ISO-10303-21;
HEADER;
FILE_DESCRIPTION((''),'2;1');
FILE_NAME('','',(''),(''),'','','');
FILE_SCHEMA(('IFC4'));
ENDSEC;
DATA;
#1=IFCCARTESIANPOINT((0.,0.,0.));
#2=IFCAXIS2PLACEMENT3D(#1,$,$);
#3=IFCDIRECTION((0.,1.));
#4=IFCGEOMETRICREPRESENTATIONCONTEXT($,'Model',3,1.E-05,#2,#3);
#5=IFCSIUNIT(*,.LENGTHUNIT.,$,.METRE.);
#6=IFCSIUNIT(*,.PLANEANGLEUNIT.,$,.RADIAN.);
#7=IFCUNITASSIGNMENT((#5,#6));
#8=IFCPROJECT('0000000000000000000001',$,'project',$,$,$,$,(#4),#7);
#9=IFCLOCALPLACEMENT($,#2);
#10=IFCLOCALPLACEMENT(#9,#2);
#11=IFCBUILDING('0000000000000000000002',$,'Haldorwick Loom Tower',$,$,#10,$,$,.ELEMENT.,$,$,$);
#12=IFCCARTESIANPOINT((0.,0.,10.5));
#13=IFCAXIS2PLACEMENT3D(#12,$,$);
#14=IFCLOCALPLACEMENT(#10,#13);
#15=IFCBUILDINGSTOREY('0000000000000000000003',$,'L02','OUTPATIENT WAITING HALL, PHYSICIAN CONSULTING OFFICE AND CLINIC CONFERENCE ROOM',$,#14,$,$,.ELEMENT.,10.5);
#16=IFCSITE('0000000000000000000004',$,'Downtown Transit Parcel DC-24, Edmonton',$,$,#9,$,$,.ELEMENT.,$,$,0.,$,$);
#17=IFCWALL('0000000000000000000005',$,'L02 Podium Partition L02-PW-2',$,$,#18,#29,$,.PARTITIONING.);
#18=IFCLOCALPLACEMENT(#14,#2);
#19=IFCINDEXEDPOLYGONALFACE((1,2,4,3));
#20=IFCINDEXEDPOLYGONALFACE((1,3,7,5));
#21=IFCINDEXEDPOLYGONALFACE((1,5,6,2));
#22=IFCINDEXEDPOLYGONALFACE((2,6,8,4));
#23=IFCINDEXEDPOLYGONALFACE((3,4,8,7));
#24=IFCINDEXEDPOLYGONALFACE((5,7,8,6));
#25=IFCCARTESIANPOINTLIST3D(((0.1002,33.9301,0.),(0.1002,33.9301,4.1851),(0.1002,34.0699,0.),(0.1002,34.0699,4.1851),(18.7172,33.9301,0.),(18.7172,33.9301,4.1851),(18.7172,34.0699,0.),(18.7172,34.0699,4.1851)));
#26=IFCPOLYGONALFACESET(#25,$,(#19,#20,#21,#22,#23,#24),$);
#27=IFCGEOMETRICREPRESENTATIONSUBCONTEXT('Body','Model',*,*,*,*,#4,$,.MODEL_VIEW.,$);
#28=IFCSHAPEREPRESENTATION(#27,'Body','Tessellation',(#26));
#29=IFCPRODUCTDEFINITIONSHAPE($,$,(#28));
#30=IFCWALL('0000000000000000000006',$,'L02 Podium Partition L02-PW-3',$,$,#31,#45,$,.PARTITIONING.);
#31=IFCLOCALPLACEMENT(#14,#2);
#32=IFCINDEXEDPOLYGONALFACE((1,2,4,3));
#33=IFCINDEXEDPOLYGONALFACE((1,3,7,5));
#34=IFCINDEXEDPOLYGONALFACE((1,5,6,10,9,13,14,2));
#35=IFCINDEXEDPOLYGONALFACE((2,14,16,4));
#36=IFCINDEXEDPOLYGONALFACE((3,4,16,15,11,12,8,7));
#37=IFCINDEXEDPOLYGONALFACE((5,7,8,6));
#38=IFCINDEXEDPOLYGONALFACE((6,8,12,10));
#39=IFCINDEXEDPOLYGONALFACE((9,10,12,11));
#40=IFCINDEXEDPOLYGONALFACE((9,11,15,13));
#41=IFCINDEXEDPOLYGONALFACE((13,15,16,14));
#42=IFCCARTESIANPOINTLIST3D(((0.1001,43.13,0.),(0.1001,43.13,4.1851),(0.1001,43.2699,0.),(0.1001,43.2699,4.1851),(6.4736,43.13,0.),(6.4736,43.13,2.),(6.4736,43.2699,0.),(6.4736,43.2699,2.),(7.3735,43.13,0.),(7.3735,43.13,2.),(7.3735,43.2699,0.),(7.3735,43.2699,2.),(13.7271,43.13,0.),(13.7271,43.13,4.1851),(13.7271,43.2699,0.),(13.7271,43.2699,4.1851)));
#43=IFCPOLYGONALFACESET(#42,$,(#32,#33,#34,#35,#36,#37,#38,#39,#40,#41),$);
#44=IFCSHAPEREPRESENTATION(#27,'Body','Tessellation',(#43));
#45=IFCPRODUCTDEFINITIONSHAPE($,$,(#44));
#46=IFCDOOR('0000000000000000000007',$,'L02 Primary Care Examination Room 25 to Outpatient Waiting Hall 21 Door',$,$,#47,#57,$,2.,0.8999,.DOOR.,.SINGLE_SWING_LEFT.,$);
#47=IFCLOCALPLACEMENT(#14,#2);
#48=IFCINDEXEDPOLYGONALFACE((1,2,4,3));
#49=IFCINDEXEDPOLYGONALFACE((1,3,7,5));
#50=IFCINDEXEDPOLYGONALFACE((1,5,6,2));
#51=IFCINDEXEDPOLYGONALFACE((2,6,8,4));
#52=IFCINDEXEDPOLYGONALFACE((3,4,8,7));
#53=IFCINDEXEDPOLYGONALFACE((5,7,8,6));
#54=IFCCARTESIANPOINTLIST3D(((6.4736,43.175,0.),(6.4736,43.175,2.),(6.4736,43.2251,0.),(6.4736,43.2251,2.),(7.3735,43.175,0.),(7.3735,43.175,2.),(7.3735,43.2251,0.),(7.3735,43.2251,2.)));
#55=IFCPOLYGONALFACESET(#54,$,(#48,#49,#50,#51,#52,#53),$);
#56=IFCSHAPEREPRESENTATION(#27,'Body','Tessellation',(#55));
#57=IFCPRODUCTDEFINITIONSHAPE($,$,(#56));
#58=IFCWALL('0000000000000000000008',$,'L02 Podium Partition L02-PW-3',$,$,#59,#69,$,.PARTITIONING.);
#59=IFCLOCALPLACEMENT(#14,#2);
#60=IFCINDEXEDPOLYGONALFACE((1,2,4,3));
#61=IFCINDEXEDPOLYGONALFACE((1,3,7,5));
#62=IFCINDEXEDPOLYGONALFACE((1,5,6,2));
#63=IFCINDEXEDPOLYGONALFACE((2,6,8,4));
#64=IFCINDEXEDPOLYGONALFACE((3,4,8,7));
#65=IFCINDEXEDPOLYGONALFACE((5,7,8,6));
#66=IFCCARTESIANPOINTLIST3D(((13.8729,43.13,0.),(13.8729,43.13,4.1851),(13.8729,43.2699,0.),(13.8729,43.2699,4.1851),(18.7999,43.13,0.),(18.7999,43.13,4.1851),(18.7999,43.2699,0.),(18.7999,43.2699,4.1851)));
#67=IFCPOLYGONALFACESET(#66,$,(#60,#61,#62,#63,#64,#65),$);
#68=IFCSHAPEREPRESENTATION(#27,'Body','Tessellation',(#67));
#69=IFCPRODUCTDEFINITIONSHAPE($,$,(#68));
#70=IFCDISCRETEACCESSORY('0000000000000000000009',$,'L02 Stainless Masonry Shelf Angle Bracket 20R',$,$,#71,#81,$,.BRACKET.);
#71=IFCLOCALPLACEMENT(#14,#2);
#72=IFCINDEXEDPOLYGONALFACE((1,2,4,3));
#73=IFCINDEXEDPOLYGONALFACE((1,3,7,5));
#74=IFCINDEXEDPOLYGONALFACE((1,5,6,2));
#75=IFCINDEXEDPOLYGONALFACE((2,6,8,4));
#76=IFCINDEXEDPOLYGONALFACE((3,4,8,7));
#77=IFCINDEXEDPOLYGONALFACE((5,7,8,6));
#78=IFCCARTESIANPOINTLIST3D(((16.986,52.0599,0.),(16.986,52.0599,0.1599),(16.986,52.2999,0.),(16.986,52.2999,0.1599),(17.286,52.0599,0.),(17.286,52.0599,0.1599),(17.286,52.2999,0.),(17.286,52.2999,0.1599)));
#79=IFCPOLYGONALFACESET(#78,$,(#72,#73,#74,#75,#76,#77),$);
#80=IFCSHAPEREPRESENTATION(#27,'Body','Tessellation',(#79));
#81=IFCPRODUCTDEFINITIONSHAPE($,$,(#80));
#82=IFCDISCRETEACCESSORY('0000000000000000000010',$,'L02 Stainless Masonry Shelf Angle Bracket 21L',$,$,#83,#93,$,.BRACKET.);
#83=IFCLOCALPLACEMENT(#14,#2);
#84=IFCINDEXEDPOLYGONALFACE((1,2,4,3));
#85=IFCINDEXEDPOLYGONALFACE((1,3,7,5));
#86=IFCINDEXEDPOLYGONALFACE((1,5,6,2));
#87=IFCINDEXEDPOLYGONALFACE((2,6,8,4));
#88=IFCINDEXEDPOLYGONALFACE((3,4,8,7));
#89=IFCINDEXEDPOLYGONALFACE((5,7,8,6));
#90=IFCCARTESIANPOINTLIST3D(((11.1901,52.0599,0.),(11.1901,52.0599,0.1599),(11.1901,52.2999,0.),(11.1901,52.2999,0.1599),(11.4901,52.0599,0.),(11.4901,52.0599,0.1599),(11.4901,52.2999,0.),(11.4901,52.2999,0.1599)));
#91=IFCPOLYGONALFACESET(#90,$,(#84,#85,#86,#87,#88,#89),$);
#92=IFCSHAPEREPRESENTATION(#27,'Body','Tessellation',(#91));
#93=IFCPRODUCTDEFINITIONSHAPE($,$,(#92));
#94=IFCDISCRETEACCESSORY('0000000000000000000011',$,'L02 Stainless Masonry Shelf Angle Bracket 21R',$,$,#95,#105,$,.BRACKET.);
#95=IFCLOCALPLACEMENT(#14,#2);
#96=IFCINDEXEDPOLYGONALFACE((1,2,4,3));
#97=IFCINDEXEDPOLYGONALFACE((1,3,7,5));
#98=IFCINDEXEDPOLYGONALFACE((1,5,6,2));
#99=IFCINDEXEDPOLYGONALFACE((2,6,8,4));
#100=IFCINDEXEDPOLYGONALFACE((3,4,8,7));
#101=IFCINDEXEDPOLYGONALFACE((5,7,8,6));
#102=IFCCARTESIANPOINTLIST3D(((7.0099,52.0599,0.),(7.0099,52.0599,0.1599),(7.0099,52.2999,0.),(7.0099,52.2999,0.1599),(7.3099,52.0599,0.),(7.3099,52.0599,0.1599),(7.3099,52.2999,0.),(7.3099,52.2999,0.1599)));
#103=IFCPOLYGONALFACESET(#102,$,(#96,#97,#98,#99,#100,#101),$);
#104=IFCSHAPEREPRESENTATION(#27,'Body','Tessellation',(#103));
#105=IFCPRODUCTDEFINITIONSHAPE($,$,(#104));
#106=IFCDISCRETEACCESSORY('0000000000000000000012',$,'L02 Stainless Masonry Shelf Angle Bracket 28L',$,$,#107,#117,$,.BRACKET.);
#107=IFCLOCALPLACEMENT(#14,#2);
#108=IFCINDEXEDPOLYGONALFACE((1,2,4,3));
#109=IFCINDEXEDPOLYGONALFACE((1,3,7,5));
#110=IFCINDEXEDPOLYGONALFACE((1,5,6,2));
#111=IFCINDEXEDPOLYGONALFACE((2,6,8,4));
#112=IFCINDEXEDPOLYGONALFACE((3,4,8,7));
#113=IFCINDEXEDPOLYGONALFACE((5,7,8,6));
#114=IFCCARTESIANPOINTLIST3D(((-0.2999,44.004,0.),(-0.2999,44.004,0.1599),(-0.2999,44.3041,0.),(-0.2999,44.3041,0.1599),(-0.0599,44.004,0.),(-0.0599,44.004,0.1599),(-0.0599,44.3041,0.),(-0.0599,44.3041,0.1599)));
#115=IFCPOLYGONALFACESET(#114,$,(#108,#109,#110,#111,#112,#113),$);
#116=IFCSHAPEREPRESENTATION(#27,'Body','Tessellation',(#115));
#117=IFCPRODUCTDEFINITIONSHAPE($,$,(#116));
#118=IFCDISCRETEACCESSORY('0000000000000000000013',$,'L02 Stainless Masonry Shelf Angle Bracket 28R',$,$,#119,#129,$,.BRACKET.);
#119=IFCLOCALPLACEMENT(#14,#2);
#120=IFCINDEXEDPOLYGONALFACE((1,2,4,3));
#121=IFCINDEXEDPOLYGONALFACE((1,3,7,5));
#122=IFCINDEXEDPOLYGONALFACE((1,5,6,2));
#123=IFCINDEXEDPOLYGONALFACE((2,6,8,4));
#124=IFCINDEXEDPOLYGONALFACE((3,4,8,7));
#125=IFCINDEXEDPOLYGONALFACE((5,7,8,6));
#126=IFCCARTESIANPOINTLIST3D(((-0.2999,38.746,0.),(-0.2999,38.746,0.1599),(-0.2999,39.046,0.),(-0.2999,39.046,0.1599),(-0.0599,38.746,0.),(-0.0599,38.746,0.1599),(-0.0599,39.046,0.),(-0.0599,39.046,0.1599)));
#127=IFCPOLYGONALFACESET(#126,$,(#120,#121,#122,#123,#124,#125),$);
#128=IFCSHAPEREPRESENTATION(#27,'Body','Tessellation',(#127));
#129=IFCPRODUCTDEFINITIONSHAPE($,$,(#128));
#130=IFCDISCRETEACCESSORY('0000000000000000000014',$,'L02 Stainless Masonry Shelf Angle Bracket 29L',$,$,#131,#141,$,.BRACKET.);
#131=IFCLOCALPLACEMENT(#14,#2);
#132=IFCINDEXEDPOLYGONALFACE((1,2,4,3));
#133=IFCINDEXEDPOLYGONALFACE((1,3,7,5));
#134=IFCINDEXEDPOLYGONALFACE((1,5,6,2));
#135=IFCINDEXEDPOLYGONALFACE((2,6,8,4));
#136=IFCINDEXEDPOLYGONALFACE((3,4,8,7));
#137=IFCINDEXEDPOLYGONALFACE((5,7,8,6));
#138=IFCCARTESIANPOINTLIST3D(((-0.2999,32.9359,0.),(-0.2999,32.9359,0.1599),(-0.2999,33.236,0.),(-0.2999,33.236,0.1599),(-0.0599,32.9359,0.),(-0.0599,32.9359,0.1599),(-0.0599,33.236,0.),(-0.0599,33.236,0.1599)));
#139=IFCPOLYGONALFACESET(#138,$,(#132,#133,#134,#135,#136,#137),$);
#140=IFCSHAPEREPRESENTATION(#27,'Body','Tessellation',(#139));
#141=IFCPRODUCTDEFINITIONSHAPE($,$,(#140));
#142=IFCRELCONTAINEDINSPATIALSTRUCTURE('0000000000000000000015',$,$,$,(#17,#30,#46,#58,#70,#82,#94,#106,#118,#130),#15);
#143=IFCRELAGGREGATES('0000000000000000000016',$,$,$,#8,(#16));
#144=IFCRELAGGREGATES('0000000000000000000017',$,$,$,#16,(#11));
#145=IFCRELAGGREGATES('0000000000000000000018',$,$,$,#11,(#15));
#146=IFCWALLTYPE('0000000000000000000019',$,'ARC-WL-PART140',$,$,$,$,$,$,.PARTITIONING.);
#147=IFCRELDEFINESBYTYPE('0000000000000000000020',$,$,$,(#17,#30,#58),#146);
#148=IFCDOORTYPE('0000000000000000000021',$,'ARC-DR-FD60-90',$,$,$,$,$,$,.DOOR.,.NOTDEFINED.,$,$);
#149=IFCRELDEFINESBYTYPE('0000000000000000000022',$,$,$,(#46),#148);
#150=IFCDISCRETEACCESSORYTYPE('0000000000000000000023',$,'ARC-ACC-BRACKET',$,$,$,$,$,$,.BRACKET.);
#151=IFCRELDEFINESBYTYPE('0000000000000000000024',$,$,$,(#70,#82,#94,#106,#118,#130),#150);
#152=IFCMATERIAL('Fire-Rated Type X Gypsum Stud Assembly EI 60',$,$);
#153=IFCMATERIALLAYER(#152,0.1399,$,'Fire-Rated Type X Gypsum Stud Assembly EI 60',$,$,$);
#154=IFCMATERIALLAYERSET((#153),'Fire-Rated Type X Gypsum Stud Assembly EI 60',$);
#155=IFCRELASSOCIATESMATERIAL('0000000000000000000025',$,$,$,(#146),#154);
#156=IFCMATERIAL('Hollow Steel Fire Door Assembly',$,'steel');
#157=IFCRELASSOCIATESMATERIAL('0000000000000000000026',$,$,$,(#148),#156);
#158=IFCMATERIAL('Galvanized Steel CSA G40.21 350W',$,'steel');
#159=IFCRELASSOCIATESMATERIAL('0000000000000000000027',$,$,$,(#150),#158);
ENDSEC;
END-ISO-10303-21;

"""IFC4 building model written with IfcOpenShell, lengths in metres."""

from ifc_helpers import new_model, si_unit, direction, frame, frame_2d, origin, origin_2d, place, context, subcontext, project, spatial, rectangle, extrude, material, layer, layer_set, type_object, element, fill, save


model = new_model("IFC4")

# Units and contexts
model_context = context("Model", 3, precision=1e-05, world=origin(), true_north=direction((0.0, 1.0)))
body_context = subcontext(model_context, "Body", "Model", "MODEL_VIEW")
ifc_project = project(units=[si_unit("LENGTHUNIT", "METRE"), si_unit("PLANEANGLEUNIT", "RADIAN")], contexts=[model_context])

# Site, building, storey
site_placement = place(None, origin())
site = spatial("IfcSite", under=ifc_project, at=site_placement, Name="Downtown Transit Parcel DC-24, Edmonton", CompositionType="ELEMENT", RefElevation=0.0)
building_placement = place(site_placement, origin())
building = spatial("IfcBuilding", under=site, at=building_placement, Name="Haldorwick Loom Tower", CompositionType="ELEMENT")
storey_placement = place(building_placement, frame((0.0, 0.0, 10.5)))
storey = spatial("IfcBuildingStorey", under=building, at=storey_placement, Name="L02", Description="OUTPATIENT WAITING HALL, PHYSICIAN CONSULTING OFFICE AND CLINIC CONFERENCE ROOM", CompositionType="ELEMENT", Elevation=10.5)

# Wall
ifc_material_1 = material(Name="Fire-Rated Type X Gypsum Stud Assembly EI 60")
ifc_layer_1 = layer(ifc_material_1, 0.1399, Name="Fire-Rated Type X Gypsum Stud Assembly EI 60")
ifc_layer_set_1 = layer_set([ifc_layer_1], Name="Fire-Rated Type X Gypsum Stud Assembly EI 60")
wall_type_1 = type_object("IfcWallType", Name="ARC-WL-PART140", PredefinedType="PARTITIONING", material=ifc_layer_set_1)
wall_1_placement = place(storey_placement, frame((0.1001, 34.0, 0.0), z_axis=(0.0, 0.0, 1.0), x_axis=(1.0, 0.0, 0.0)))
element("IfcWall", 1, at=wall_1_placement, inside=storey, type_object=wall_type_1, Name="L02 Podium Partition L02-PW-2", PredefinedType="PARTITIONING", context=body_context, shape_type="SweptSolid", body=[
    extrude(rectangle(XDim=18.6169, YDim=0.1399, at=frame_2d((9.3086, 0.0))), origin(), (0.0, 0.0, 1.0), 4.1851),
])

# Wall, opening, door
wall_2_placement = place(storey_placement, frame((0.1001, 43.2, 0.0), z_axis=(0.0, 0.0, 1.0), x_axis=(1.0, 0.0, 0.0)))
wall_2 = element("IfcWall", 2, at=wall_2_placement, inside=storey, type_object=wall_type_1, Name="L02 Podium Partition L02-PW-3", PredefinedType="PARTITIONING", context=body_context, shape_type="SweptSolid", body=[
    extrude(rectangle(XDim=13.627, YDim=0.1399, at=frame_2d((6.8135, 0.0))), origin(), (0.0, 0.0, 1.0), 4.1851),
])
opening_1_placement = place(wall_2_placement, frame((6.3735, 0.0, 0.0)))
opening_1 = element("IfcOpeningElement", 3, at=opening_1_placement, cuts=wall_2, PredefinedType="OPENING", context=body_context, shape_type="SweptSolid", body=[
    extrude(rectangle(XDim=0.8999, YDim=2.0, at=frame_2d((0.45, 1.0))), frame((0.0, 0.0798, 0.0), z_axis=(0.0, -1.0, 0.0), x_axis=(1.0, 0.0, 0.0)), (0.0, 0.0, 1.0), 0.1599),
])
ifc_material_2 = material(Name="Hollow Steel Fire Door Assembly", Category="steel")
door_type = type_object("IfcDoorType", Name="ARC-DR-FD60-90", OperationType="NOTDEFINED", PredefinedType="DOOR", material=ifc_material_2)
door_placement = place(opening_1_placement, frame((0.8999, 0.0, 0.0), z_axis=(0.0, 0.0, 1.0), x_axis=(-1.0, 0.0, 0.0)))
door = element("IfcDoor", 4, at=door_placement, inside=storey, type_object=door_type, Name="L02 Primary Care Examination Room 25 to Outpatient Waiting Hall 21 Door", OperationType="SINGLE_SWING_LEFT", OverallHeight=2.0, OverallWidth=0.8999, PredefinedType="DOOR", context=body_context, shape_type="SweptSolid", body=[
    extrude(rectangle(XDim=0.8999, YDim=2.0, at=frame_2d((0.45, 1.0))), frame((0.0, 0.0249, 0.0), z_axis=(0.0, -1.0, 0.0), x_axis=(1.0, 0.0, 0.0)), (0.0, 0.0, 1.0), 0.05),
])
fill(opening_1, door)

# Wall
wall_3_placement = place(storey_placement, frame((13.873, 43.2, 0.0), z_axis=(0.0, 0.0, 1.0), x_axis=(1.0, 0.0, 0.0)))
element("IfcWall", 5, at=wall_3_placement, inside=storey, type_object=wall_type_1, Name="L02 Podium Partition L02-PW-3", PredefinedType="PARTITIONING", context=body_context, shape_type="SweptSolid", body=[
    extrude(rectangle(XDim=4.927, YDim=0.1399, at=frame_2d((2.4634, 0.0))), origin(), (0.0, 0.0, 1.0), 4.1851),
])

# Discrete accessories
ifc_material_3 = material(Name="Galvanized Steel CSA G40.21 350W", Category="steel")
discrete_accessory_type = type_object("IfcDiscreteAccessoryType", Name="ARC-ACC-BRACKET", PredefinedType="BRACKET", material=ifc_material_3)
for number, where, z_axis, x_axis, name in (
    (6, (17.136, 52.1799, 0.0), (0.0, 0.0, 1.0), (-1.0, 0.0, 0.0), "L02 Stainless Masonry Shelf Angle Bracket 20R"),
    (7, (11.3401, 52.1799, 0.0), (0.0, 0.0, 1.0), (-1.0, 0.0, 0.0), "L02 Stainless Masonry Shelf Angle Bracket 21L"),
    (8, (7.1599, 52.1799, 0.0), (0.0, 0.0, 1.0), (-1.0, 0.0, 0.0), "L02 Stainless Masonry Shelf Angle Bracket 21R"),
    (9, (-0.1799, 44.1541, 0.0), (0.0, 0.0, 1.0), (0.0, -1.0, 0.0), "L02 Stainless Masonry Shelf Angle Bracket 28L"),
    (10, (-0.1799, 38.896, 0.0), (0.0, 0.0, 1.0), (0.0, -1.0, 0.0), "L02 Stainless Masonry Shelf Angle Bracket 28R"),
    (11, (-0.1799, 33.0859, 0.0), (0.0, 0.0, 1.0), (0.0, -1.0, 0.0), "L02 Stainless Masonry Shelf Angle Bracket 29L"),
):
    element("IfcDiscreteAccessory", number, at=place(storey_placement, frame(where, z_axis=z_axis, x_axis=x_axis)), inside=storey, type_object=discrete_accessory_type, Name=name, PredefinedType="BRACKET", context=body_context, shape_type="SweptSolid", body=[
        extrude(rectangle(XDim=0.3, YDim=0.24, at=origin_2d()), origin(), (0.0, 0.0, 1.0), 0.1599),
    ])

save(model, "model.ifc")
